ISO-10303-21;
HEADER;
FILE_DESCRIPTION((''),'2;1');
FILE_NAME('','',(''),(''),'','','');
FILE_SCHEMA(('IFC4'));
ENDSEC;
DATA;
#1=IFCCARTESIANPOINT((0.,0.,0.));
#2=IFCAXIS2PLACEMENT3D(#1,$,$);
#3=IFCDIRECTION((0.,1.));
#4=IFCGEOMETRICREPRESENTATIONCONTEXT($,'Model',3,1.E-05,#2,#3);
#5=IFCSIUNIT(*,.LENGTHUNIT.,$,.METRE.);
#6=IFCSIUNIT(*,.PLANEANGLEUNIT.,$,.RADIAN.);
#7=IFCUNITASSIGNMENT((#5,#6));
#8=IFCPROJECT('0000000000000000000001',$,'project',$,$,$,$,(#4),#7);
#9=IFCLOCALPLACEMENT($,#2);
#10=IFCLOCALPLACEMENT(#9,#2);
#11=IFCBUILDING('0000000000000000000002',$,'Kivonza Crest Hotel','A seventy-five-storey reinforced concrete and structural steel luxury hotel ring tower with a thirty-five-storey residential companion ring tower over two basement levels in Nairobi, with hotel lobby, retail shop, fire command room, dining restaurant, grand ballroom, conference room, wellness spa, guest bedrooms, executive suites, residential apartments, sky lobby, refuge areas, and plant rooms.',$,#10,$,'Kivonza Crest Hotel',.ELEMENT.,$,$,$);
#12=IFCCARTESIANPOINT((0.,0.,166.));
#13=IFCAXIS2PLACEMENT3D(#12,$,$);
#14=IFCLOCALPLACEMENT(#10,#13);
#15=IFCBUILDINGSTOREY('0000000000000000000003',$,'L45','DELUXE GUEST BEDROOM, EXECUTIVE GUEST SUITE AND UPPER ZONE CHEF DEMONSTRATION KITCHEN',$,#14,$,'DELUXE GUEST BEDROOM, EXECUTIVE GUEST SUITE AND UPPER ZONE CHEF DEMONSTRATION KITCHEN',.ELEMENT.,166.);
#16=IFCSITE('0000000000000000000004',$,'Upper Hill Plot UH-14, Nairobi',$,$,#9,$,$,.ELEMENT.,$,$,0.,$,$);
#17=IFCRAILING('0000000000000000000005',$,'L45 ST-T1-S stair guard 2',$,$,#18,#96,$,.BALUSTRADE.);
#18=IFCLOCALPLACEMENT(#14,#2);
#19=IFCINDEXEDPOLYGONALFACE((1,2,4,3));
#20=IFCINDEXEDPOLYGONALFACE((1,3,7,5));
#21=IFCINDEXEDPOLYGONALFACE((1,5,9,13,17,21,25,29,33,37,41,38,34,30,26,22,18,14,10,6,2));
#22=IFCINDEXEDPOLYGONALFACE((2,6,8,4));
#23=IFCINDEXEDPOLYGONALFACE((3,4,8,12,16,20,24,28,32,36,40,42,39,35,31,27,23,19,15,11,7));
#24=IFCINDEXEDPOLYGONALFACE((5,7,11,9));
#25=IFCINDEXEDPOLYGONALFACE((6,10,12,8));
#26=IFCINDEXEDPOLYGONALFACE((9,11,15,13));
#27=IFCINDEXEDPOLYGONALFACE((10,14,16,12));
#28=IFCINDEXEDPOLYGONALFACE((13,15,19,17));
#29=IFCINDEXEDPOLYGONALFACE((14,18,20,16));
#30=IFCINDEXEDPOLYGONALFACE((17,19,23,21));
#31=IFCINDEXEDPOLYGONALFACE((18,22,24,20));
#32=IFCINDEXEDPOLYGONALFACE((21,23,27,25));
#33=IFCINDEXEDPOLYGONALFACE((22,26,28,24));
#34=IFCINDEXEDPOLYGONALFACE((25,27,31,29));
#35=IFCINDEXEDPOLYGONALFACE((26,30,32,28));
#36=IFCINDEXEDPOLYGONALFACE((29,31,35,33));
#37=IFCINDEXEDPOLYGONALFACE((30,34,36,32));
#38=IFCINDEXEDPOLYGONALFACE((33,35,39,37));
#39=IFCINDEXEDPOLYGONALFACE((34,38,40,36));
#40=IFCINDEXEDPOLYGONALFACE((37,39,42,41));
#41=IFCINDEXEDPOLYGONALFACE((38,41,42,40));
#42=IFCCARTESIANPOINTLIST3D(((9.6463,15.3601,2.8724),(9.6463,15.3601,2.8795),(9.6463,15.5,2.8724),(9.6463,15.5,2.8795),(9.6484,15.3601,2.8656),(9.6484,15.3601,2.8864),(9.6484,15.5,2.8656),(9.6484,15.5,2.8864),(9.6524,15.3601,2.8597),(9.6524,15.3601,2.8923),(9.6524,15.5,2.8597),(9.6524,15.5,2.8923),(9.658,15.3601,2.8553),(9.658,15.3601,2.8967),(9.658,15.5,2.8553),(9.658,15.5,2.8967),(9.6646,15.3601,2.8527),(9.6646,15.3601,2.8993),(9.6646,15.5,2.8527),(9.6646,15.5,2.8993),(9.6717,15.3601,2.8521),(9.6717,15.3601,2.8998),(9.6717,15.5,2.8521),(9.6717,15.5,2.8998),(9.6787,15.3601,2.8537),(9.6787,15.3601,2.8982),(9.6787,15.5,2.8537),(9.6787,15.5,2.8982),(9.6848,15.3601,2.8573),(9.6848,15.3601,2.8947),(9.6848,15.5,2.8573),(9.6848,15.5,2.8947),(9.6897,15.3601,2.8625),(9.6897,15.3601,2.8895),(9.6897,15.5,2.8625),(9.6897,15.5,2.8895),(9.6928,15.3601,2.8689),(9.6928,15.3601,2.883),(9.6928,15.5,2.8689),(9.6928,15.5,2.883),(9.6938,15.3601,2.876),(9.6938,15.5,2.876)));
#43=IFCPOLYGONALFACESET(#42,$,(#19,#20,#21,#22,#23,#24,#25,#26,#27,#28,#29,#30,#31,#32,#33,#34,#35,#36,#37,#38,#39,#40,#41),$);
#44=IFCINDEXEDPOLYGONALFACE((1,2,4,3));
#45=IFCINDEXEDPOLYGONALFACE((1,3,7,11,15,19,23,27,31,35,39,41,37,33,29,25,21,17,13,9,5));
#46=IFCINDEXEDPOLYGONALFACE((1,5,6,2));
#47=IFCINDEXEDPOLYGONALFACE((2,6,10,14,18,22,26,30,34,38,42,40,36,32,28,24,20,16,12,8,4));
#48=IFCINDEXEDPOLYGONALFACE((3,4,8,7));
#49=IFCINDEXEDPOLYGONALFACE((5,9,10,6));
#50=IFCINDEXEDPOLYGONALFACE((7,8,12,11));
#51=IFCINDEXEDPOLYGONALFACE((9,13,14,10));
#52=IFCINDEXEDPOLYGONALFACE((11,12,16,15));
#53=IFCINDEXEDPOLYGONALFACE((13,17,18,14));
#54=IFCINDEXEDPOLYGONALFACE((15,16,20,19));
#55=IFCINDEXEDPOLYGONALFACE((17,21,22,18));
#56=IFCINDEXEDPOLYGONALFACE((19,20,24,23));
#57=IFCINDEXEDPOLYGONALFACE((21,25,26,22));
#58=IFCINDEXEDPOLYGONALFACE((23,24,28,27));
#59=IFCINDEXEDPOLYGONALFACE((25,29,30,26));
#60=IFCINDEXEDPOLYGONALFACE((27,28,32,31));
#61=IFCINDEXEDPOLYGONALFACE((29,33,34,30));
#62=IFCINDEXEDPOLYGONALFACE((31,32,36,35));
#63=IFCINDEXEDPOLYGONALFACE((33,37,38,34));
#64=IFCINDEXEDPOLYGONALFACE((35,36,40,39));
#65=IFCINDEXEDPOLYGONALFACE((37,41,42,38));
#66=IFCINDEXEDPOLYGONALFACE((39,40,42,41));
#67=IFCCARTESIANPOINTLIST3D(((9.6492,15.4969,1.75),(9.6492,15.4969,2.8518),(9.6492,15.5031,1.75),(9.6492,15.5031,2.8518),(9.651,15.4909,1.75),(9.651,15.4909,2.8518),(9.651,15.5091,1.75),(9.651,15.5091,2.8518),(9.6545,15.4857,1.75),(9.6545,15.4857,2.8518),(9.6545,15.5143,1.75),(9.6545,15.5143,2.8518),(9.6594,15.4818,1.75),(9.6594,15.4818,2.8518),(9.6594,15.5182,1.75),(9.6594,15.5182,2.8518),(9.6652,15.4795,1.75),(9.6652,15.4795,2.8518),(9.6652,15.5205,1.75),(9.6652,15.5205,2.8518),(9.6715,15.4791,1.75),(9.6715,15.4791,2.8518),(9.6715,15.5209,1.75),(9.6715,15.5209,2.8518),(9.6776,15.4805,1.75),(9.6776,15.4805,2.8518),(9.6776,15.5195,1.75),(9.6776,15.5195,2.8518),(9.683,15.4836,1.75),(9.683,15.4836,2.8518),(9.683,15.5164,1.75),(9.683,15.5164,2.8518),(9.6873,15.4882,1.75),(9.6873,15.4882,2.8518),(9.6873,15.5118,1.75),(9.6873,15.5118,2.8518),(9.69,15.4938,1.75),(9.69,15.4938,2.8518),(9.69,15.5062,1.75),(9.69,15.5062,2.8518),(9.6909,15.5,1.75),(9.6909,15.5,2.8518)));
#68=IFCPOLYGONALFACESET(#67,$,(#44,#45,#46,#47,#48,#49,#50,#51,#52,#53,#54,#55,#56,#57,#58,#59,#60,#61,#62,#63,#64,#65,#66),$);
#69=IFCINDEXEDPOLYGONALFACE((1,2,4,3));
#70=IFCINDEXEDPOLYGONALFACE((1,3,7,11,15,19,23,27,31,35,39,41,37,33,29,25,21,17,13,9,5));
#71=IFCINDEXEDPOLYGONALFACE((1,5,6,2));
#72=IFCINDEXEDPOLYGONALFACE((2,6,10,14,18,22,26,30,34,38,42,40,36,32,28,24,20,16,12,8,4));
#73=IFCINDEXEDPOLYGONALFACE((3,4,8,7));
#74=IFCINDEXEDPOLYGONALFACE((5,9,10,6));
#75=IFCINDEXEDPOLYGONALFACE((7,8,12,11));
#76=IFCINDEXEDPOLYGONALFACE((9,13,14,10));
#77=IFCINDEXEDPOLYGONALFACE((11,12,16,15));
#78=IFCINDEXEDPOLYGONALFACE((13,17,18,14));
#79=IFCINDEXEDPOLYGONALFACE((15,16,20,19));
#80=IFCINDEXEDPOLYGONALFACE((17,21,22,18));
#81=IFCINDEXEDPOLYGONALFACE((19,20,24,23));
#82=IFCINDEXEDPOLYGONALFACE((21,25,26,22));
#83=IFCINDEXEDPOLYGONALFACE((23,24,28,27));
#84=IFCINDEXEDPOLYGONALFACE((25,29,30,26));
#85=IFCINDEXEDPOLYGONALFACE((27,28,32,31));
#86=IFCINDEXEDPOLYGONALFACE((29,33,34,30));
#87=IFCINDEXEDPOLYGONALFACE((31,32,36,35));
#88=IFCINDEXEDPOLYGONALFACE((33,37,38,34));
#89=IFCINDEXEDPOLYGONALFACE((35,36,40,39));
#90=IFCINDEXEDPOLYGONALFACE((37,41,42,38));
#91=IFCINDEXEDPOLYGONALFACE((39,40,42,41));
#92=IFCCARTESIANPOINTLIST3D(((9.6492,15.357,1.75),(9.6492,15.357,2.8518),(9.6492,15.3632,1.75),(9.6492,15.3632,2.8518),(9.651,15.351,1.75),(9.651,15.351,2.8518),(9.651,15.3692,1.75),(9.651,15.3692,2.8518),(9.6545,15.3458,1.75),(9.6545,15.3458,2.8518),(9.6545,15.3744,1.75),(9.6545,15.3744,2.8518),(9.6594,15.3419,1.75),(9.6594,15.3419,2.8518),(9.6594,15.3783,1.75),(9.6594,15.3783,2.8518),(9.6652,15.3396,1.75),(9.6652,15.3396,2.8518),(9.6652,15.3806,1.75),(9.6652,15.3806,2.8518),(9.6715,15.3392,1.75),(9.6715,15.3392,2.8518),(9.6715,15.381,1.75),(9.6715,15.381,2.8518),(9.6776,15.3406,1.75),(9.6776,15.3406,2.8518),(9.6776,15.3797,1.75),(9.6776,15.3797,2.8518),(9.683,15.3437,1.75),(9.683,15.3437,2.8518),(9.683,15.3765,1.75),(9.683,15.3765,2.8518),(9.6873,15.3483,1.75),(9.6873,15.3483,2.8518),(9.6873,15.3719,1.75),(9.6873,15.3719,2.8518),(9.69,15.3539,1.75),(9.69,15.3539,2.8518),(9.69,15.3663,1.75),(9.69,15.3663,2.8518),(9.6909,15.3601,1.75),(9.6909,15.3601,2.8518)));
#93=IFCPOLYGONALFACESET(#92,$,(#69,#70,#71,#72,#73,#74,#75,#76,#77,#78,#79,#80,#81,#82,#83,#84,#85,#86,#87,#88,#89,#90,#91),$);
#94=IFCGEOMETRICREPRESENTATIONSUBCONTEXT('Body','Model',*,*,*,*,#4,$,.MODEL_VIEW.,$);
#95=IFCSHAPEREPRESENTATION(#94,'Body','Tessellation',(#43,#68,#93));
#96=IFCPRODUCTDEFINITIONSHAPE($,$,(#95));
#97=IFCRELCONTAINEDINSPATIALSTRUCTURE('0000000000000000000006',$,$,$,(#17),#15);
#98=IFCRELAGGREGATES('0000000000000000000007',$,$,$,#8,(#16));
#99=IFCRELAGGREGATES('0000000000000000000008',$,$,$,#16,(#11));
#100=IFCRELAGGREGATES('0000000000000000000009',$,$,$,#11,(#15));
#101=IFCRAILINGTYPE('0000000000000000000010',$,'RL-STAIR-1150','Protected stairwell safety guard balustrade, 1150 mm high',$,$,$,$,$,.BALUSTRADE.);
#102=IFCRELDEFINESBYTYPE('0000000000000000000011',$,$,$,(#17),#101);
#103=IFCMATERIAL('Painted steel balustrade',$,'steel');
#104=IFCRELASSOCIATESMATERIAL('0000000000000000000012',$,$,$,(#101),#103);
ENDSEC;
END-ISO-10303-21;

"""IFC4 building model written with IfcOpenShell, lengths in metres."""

from ifc_helpers import new_model, si_unit, direction, frame, origin, origin_2d, place, context, subcontext, project, spatial, circle, extrude, material, type_object, element, save


model = new_model("IFC4")

# Units and contexts
model_context = context("Model", 3, precision=1e-05, world=origin(), true_north=direction((0.0, 1.0)))
body_context = subcontext(model_context, "Body", "Model", "MODEL_VIEW")
ifc_project = project(units=[si_unit("LENGTHUNIT", "METRE"), si_unit("PLANEANGLEUNIT", "RADIAN")], contexts=[model_context])

# Site, building, storey
site_placement = place(None, origin())
site = spatial("IfcSite", under=ifc_project, at=site_placement, Name="Upper Hill Plot UH-14, Nairobi", CompositionType="ELEMENT", RefElevation=0.0)
building_placement = place(site_placement, origin())
building = spatial("IfcBuilding", under=site, at=building_placement, Name="Kivonza Crest Hotel", Description="A seventy-five-storey reinforced concrete and structural steel luxury hotel ring tower with a thirty-five-storey residential companion ring tower over two basement levels in Nairobi, with hotel lobby, retail shop, fire command room, dining restaurant, grand ballroom, conference room, wellness spa, guest bedrooms, executive suites, residential apartments, sky lobby, refuge areas, and plant rooms.", LongName="Kivonza Crest Hotel", CompositionType="ELEMENT")
storey_placement = place(building_placement, frame((0.0, 0.0, 166.0)))
storey = spatial("IfcBuildingStorey", under=building, at=storey_placement, Name="L45", Description="DELUXE GUEST BEDROOM, EXECUTIVE GUEST SUITE AND UPPER ZONE CHEF DEMONSTRATION KITCHEN", LongName="DELUXE GUEST BEDROOM, EXECUTIVE GUEST SUITE AND UPPER ZONE CHEF DEMONSTRATION KITCHEN", CompositionType="ELEMENT", Elevation=166.0)

# Railing
ifc_material_1 = material(Name="Painted steel balustrade", Category="steel")
railing_type_1 = type_object("IfcRailingType", Name="RL-STAIR-1150", Description="Protected stairwell safety guard balustrade, 1150 mm high", PredefinedType="BALUSTRADE", material=ifc_material_1)
railing_1_placement = place(storey_placement, frame((9.6699, 15.5, 1.75)))
element("IfcRailing", 1, at=railing_1_placement, inside=storey, type_object=railing_type_1, Name="L45 ST-T1-S stair guard 2", PredefinedType="BALUSTRADE", context=body_context, shape_type="SweptSolid", body=[
    extrude(circle(Radius=0.0239, at=origin_2d()), frame((0.0, 0.0, 1.126), z_axis=(0.0, -1.0, 0.0), x_axis=(1.0, 0.0, 0.0)), (0.0, 0.0, 1.0), 0.1399),
    extrude(circle(Radius=0.021, at=origin_2d()), origin(), (0.0, 0.0, 1.0), 1.1018),
    extrude(circle(Radius=0.021, at=origin_2d()), frame((0.0, -0.1399, 0.0)), (0.0, 0.0, 1.0), 1.1018),
])

save(model, "model.ifc")
